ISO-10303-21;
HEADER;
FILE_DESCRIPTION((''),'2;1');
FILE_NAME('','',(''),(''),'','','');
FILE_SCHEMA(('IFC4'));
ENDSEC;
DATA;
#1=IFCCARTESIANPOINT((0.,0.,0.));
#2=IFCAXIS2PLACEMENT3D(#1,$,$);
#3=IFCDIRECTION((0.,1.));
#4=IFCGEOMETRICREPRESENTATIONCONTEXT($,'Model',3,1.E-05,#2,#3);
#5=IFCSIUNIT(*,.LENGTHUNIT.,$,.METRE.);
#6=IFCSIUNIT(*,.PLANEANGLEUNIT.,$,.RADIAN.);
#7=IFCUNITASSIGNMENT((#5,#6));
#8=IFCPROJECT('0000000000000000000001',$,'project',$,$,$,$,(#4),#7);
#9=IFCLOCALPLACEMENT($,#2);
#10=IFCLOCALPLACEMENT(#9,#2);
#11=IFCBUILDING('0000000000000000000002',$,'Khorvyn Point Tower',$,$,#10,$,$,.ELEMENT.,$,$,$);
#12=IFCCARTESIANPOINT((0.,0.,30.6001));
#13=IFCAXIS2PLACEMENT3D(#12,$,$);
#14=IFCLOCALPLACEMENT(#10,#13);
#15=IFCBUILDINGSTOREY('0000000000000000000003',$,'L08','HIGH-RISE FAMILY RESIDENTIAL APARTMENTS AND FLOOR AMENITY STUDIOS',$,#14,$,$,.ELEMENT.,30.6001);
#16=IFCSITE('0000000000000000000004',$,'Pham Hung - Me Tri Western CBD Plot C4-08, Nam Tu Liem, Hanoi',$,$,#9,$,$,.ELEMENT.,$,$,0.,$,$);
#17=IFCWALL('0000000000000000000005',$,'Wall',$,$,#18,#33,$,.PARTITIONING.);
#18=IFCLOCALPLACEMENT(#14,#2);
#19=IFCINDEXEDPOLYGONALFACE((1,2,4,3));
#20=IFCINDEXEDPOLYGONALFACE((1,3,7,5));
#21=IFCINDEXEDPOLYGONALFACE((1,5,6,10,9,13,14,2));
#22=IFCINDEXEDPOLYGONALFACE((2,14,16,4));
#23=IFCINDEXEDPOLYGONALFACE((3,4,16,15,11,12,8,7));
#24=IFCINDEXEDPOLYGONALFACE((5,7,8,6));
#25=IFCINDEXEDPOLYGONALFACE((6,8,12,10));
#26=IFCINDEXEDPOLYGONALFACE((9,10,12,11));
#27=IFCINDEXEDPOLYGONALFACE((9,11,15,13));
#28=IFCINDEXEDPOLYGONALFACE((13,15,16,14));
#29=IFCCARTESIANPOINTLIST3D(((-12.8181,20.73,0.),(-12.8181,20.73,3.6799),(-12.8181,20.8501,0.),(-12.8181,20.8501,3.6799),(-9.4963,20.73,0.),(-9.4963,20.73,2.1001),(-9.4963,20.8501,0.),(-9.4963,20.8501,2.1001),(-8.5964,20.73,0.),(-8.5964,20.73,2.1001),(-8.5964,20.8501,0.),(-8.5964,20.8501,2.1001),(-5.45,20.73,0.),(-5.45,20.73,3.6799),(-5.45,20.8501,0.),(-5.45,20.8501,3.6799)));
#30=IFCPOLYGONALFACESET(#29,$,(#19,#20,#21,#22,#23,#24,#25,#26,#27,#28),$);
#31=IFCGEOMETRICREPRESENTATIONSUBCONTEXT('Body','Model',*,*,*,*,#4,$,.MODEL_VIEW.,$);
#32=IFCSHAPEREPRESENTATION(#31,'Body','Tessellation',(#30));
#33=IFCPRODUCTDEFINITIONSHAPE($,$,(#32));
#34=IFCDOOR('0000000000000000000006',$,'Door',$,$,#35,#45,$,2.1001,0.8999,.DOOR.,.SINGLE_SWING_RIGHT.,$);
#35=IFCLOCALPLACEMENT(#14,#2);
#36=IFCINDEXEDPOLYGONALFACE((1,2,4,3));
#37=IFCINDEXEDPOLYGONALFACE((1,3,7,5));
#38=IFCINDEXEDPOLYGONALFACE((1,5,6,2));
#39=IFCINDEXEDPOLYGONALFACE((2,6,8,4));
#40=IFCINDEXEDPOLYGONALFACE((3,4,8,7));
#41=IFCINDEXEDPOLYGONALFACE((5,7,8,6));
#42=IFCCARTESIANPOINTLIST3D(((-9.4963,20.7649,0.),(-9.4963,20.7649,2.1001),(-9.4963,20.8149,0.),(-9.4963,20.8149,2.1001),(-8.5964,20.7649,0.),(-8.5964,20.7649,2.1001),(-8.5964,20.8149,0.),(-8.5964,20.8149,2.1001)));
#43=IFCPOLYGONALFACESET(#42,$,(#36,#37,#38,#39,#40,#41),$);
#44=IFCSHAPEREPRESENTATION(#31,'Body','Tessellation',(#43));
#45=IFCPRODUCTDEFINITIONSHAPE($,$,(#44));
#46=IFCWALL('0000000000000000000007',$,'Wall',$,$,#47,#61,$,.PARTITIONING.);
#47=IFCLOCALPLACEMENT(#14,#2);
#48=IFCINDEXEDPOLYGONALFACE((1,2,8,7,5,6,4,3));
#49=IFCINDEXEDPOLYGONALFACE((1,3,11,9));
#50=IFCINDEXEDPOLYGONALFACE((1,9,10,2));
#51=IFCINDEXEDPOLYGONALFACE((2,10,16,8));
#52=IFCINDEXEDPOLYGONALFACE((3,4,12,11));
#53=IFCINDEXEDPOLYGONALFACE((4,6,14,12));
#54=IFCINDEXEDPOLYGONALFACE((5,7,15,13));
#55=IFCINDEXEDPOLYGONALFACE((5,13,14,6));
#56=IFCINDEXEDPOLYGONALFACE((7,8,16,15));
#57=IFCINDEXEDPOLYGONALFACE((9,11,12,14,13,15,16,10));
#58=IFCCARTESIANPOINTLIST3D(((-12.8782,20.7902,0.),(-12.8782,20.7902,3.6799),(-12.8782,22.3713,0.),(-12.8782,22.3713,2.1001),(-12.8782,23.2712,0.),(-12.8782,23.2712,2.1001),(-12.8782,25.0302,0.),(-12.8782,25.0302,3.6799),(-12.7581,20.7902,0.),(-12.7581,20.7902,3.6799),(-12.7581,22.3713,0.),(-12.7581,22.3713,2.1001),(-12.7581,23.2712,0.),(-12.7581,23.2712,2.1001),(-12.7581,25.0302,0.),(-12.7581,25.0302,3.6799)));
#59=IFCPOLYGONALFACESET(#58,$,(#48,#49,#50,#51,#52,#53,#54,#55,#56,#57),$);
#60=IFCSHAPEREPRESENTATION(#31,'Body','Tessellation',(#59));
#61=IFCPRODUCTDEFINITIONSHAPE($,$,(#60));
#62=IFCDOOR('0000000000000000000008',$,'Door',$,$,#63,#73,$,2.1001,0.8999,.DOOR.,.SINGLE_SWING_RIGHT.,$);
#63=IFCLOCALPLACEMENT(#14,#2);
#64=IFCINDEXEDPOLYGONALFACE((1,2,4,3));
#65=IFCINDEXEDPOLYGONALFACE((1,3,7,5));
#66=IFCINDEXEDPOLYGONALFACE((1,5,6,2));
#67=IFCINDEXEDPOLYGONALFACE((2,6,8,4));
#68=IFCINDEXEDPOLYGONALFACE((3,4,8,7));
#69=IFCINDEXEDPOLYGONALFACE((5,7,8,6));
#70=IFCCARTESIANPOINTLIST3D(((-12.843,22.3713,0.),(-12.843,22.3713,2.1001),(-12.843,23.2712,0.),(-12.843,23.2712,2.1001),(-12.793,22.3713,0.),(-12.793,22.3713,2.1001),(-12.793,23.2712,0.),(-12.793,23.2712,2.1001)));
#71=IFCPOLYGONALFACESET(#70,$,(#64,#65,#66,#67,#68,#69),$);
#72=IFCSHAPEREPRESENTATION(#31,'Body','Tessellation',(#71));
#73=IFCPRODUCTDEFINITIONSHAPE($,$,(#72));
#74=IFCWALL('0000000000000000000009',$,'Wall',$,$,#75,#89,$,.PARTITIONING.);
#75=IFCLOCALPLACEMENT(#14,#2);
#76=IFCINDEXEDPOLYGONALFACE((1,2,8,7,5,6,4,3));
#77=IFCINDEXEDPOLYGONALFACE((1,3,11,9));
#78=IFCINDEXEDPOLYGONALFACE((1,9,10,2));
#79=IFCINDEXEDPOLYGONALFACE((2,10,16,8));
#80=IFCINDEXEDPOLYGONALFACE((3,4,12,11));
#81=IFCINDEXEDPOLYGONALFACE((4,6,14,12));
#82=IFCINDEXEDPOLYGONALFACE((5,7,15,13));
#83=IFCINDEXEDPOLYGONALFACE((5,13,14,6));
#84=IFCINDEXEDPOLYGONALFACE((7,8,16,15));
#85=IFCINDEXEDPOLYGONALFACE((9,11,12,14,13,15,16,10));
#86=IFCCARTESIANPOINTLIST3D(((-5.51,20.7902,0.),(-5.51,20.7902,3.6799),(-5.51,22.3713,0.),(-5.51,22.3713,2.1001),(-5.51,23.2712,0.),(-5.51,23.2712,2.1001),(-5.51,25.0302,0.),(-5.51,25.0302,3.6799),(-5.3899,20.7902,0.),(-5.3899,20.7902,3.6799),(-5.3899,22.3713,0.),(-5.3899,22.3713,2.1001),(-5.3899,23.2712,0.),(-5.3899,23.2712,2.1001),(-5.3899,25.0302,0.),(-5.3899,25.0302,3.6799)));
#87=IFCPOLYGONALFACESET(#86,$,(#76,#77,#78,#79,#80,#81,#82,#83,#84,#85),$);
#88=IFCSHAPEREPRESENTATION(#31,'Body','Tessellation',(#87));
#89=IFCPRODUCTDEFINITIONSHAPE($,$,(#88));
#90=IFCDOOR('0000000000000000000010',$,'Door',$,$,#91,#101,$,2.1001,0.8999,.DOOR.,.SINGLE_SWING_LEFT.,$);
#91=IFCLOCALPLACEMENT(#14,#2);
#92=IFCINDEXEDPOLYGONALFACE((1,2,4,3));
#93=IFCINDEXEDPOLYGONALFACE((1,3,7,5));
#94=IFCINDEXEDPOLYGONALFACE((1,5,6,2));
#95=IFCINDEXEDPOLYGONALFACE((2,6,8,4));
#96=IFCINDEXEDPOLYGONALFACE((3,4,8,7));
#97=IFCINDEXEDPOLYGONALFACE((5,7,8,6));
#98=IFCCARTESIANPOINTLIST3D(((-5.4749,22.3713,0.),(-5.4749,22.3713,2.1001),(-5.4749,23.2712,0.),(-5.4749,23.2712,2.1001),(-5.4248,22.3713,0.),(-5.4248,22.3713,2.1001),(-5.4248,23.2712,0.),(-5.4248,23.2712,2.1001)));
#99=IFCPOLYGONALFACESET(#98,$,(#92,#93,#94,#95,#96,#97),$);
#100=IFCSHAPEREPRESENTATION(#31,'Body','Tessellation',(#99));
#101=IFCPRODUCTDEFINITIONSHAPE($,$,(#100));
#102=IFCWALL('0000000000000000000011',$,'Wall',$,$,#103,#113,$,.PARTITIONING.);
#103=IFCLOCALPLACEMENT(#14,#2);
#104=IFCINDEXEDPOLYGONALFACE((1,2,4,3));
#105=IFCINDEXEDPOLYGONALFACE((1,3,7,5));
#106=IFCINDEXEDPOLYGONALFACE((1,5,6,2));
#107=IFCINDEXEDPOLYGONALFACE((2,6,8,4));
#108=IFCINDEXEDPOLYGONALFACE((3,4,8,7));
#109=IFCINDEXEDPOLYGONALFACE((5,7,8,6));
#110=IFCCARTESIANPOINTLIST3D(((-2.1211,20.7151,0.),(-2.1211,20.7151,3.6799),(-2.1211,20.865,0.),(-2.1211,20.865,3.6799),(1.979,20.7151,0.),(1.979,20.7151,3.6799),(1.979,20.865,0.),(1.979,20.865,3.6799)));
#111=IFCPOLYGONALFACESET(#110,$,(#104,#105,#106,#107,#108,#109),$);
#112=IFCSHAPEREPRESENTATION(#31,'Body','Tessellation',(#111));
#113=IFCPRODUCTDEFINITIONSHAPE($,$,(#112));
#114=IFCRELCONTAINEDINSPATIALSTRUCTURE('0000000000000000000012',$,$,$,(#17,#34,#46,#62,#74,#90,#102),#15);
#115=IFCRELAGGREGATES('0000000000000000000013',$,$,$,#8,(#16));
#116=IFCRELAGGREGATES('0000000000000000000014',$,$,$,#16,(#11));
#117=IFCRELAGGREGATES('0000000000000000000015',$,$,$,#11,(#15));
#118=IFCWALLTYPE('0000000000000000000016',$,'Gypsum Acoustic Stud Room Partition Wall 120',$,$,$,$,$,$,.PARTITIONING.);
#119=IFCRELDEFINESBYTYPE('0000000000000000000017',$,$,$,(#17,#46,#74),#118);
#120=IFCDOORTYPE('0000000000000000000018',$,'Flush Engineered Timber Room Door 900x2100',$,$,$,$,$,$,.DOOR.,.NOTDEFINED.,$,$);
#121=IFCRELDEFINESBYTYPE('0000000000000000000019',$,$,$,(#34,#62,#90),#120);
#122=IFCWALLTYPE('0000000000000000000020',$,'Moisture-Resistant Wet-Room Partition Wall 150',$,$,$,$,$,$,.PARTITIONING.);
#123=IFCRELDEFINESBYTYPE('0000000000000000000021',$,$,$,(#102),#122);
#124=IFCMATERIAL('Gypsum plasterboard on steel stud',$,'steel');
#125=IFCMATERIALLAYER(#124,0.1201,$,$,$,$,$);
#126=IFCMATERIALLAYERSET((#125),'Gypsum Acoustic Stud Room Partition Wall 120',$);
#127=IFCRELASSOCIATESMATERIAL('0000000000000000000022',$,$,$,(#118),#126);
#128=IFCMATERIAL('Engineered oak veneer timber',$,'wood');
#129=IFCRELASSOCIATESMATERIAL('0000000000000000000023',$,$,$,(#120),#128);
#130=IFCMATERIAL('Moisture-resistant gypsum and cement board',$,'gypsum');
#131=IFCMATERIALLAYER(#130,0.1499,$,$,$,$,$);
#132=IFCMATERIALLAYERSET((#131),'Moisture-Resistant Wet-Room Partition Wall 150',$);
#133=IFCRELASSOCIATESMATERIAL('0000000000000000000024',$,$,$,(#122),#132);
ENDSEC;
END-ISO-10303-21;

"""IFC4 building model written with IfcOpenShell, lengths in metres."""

from ifc_helpers import new_model, si_unit, direction, frame, frame_2d, origin, place, context, subcontext, project, spatial, rectangle, extrude, material, layer, layer_set, type_object, element, fill, save


model = new_model("IFC4")

# Units and contexts
model_context = context("Model", 3, precision=1e-05, world=origin(), true_north=direction((0.0, 1.0)))
body_context = subcontext(model_context, "Body", "Model", "MODEL_VIEW")
ifc_project = project(units=[si_unit("LENGTHUNIT", "METRE"), si_unit("PLANEANGLEUNIT", "RADIAN")], contexts=[model_context])

# Site, building, storey
site_placement = place(None, origin())
site = spatial("IfcSite", under=ifc_project, at=site_placement, Name="Pham Hung - Me Tri Western CBD Plot C4-08, Nam Tu Liem, Hanoi", CompositionType="ELEMENT", RefElevation=0.0)
building_placement = place(site_placement, origin())
building = spatial("IfcBuilding", under=site, at=building_placement, Name="Khorvyn Point Tower", CompositionType="ELEMENT")
storey_placement = place(building_placement, frame((0.0, 0.0, 30.6001)))
storey = spatial("IfcBuildingStorey", under=building, at=storey_placement, Name="L08", Description="HIGH-RISE FAMILY RESIDENTIAL APARTMENTS AND FLOOR AMENITY STUDIOS", CompositionType="ELEMENT", Elevation=30.6001)

# Walls, openings, doors
ifc_material_1 = material(Name="Gypsum plasterboard on steel stud", Category="steel")
ifc_layer_1 = layer(ifc_material_1, 0.1201)
ifc_layer_set_1 = layer_set([ifc_layer_1], Name="Gypsum Acoustic Stud Room Partition Wall 120")
wall_type_1 = type_object("IfcWallType", Name="Gypsum Acoustic Stud Room Partition Wall 120", PredefinedType="PARTITIONING", material=ifc_layer_set_1)
wall_1_placement = place(storey_placement, frame((-12.8181, 20.79, 0.0), z_axis=(0.0, 0.0, 1.0), x_axis=(1.0, 0.0, 0.0)))
wall_1 = element("IfcWall", 1, at=wall_1_placement, inside=storey, type_object=wall_type_1, Name="Wall", PredefinedType="PARTITIONING", context=body_context, shape_type="SweptSolid", body=[
    extrude(rectangle(XDim=7.3682, YDim=0.1201, at=frame_2d((3.6841, 0.0))), origin(), (0.0, 0.0, 1.0), 3.6799),
])
opening_1_placement = place(wall_1_placement, frame((3.3218, 0.0, 0.0)))
opening_1 = element("IfcOpeningElement", 2, at=opening_1_placement, cuts=wall_1, PredefinedType="OPENING", context=body_context, shape_type="SweptSolid", body=[
    extrude(rectangle(XDim=0.8999, YDim=2.1001, at=frame_2d((0.45, 1.05))), frame((0.0, 0.0701, 0.0), z_axis=(0.0, -1.0, 0.0), x_axis=(1.0, 0.0, 0.0)), (0.0, 0.0, 1.0), 0.1401),
])
ifc_material_2 = material(Name="Engineered oak veneer timber", Category="wood")
door_type = type_object("IfcDoorType", Name="Flush Engineered Timber Room Door 900x2100", OperationType="NOTDEFINED", PredefinedType="DOOR", material=ifc_material_2)
door_1_placement = place(opening_1_placement, origin())
door_1 = element("IfcDoor", 3, at=door_1_placement, inside=storey, type_object=door_type, Name="Door", OperationType="SINGLE_SWING_RIGHT", OverallHeight=2.1001, OverallWidth=0.8999, PredefinedType="DOOR", context=body_context, shape_type="SweptSolid", body=[
    extrude(rectangle(XDim=0.8999, YDim=2.1001, at=frame_2d((0.45, 1.05))), frame((0.0, 0.0249, 0.0), z_axis=(0.0, -1.0, 0.0), x_axis=(1.0, 0.0, 0.0)), (0.0, 0.0, 1.0), 0.05),
])
fill(opening_1, door_1)
wall_2_placement = place(storey_placement, frame((-12.8181, 20.79, 0.0), z_axis=(0.0, 0.0, 1.0), x_axis=(0.0, 1.0, 0.0)))
wall_2 = element("IfcWall", 4, at=wall_2_placement, inside=storey, type_object=wall_type_1, Name="Wall", PredefinedType="PARTITIONING", context=body_context, shape_type="SweptSolid", body=[
    extrude(rectangle(XDim=4.24, YDim=0.1201, at=frame_2d((2.1201, 0.0))), origin(), (0.0, 0.0, 1.0), 3.6799),
])
opening_2_placement = place(wall_2_placement, frame((1.5813, 0.0, 0.0)))
opening_2 = element("IfcOpeningElement", 5, at=opening_2_placement, cuts=wall_2, PredefinedType="OPENING", context=body_context, shape_type="SweptSolid", body=[
    extrude(rectangle(XDim=0.8999, YDim=2.1001, at=frame_2d((0.45, 1.05))), frame((0.0, 0.0701, 0.0), z_axis=(0.0, -1.0, 0.0), x_axis=(1.0, 0.0, 0.0)), (0.0, 0.0, 1.0), 0.1401),
])
door_2_placement = place(opening_2_placement, origin())
door_2 = element("IfcDoor", 6, at=door_2_placement, inside=storey, type_object=door_type, Name="Door", OperationType="SINGLE_SWING_RIGHT", OverallHeight=2.1001, OverallWidth=0.8999, PredefinedType="DOOR", context=body_context, shape_type="SweptSolid", body=[
    extrude(rectangle(XDim=0.8999, YDim=2.1001, at=frame_2d((0.45, 1.05))), frame((0.0, 0.0249, 0.0), z_axis=(0.0, -1.0, 0.0), x_axis=(1.0, 0.0, 0.0)), (0.0, 0.0, 1.0), 0.05),
])
fill(opening_2, door_2)
wall_3_placement = place(storey_placement, frame((-5.45, 20.79, 0.0), z_axis=(0.0, 0.0, 1.0), x_axis=(0.0, 1.0, 0.0)))
wall_3 = element("IfcWall", 7, at=wall_3_placement, inside=storey, type_object=wall_type_1, Name="Wall", PredefinedType="PARTITIONING", context=body_context, shape_type="SweptSolid", body=[
    extrude(rectangle(XDim=4.24, YDim=0.1201, at=frame_2d((2.1201, 0.0))), origin(), (0.0, 0.0, 1.0), 3.6799),
])
opening_3_placement = place(wall_3_placement, frame((1.5813, 0.0, 0.0)))
opening_3 = element("IfcOpeningElement", 8, at=opening_3_placement, cuts=wall_3, PredefinedType="OPENING", context=body_context, shape_type="SweptSolid", body=[
    extrude(rectangle(XDim=0.8999, YDim=2.1001, at=frame_2d((0.45, 1.05))), frame((0.0, 0.0701, 0.0), z_axis=(0.0, -1.0, 0.0), x_axis=(1.0, 0.0, 0.0)), (0.0, 0.0, 1.0), 0.1401),
])
door_3_placement = place(opening_3_placement, origin())
door_3 = element("IfcDoor", 9, at=door_3_placement, inside=storey, type_object=door_type, Name="Door", OperationType="SINGLE_SWING_LEFT", OverallHeight=2.1001, OverallWidth=0.8999, PredefinedType="DOOR", context=body_context, shape_type="SweptSolid", body=[
    extrude(rectangle(XDim=0.8999, YDim=2.1001, at=frame_2d((0.45, 1.05))), frame((0.0, 0.0249, 0.0), z_axis=(0.0, -1.0, 0.0), x_axis=(1.0, 0.0, 0.0)), (0.0, 0.0, 1.0), 0.05),
])
fill(opening_3, door_3)

# Wall
ifc_material_3 = material(Name="Moisture-resistant gypsum and cement board", Category="gypsum")
ifc_layer_2 = layer(ifc_material_3, 0.1499)
ifc_layer_set_2 = layer_set([ifc_layer_2], Name="Moisture-Resistant Wet-Room Partition Wall 150")
wall_type_2 = type_object("IfcWallType", Name="Moisture-Resistant Wet-Room Partition Wall 150", PredefinedType="PARTITIONING", material=ifc_layer_set_2)
wall_4_placement = place(storey_placement, frame((-2.1211, 20.79, 0.0), z_axis=(0.0, 0.0, 1.0), x_axis=(1.0, 0.0, 0.0)))
element("IfcWall", 10, at=wall_4_placement, inside=storey, type_object=wall_type_2, Name="Wall", PredefinedType="PARTITIONING", context=body_context, shape_type="SweptSolid", body=[
    extrude(rectangle(XDim=4.1001, YDim=0.1499, at=frame_2d((2.05, 0.0))), origin(), (0.0, 0.0, 1.0), 3.6799),
])

save(model, "model.ifc")
